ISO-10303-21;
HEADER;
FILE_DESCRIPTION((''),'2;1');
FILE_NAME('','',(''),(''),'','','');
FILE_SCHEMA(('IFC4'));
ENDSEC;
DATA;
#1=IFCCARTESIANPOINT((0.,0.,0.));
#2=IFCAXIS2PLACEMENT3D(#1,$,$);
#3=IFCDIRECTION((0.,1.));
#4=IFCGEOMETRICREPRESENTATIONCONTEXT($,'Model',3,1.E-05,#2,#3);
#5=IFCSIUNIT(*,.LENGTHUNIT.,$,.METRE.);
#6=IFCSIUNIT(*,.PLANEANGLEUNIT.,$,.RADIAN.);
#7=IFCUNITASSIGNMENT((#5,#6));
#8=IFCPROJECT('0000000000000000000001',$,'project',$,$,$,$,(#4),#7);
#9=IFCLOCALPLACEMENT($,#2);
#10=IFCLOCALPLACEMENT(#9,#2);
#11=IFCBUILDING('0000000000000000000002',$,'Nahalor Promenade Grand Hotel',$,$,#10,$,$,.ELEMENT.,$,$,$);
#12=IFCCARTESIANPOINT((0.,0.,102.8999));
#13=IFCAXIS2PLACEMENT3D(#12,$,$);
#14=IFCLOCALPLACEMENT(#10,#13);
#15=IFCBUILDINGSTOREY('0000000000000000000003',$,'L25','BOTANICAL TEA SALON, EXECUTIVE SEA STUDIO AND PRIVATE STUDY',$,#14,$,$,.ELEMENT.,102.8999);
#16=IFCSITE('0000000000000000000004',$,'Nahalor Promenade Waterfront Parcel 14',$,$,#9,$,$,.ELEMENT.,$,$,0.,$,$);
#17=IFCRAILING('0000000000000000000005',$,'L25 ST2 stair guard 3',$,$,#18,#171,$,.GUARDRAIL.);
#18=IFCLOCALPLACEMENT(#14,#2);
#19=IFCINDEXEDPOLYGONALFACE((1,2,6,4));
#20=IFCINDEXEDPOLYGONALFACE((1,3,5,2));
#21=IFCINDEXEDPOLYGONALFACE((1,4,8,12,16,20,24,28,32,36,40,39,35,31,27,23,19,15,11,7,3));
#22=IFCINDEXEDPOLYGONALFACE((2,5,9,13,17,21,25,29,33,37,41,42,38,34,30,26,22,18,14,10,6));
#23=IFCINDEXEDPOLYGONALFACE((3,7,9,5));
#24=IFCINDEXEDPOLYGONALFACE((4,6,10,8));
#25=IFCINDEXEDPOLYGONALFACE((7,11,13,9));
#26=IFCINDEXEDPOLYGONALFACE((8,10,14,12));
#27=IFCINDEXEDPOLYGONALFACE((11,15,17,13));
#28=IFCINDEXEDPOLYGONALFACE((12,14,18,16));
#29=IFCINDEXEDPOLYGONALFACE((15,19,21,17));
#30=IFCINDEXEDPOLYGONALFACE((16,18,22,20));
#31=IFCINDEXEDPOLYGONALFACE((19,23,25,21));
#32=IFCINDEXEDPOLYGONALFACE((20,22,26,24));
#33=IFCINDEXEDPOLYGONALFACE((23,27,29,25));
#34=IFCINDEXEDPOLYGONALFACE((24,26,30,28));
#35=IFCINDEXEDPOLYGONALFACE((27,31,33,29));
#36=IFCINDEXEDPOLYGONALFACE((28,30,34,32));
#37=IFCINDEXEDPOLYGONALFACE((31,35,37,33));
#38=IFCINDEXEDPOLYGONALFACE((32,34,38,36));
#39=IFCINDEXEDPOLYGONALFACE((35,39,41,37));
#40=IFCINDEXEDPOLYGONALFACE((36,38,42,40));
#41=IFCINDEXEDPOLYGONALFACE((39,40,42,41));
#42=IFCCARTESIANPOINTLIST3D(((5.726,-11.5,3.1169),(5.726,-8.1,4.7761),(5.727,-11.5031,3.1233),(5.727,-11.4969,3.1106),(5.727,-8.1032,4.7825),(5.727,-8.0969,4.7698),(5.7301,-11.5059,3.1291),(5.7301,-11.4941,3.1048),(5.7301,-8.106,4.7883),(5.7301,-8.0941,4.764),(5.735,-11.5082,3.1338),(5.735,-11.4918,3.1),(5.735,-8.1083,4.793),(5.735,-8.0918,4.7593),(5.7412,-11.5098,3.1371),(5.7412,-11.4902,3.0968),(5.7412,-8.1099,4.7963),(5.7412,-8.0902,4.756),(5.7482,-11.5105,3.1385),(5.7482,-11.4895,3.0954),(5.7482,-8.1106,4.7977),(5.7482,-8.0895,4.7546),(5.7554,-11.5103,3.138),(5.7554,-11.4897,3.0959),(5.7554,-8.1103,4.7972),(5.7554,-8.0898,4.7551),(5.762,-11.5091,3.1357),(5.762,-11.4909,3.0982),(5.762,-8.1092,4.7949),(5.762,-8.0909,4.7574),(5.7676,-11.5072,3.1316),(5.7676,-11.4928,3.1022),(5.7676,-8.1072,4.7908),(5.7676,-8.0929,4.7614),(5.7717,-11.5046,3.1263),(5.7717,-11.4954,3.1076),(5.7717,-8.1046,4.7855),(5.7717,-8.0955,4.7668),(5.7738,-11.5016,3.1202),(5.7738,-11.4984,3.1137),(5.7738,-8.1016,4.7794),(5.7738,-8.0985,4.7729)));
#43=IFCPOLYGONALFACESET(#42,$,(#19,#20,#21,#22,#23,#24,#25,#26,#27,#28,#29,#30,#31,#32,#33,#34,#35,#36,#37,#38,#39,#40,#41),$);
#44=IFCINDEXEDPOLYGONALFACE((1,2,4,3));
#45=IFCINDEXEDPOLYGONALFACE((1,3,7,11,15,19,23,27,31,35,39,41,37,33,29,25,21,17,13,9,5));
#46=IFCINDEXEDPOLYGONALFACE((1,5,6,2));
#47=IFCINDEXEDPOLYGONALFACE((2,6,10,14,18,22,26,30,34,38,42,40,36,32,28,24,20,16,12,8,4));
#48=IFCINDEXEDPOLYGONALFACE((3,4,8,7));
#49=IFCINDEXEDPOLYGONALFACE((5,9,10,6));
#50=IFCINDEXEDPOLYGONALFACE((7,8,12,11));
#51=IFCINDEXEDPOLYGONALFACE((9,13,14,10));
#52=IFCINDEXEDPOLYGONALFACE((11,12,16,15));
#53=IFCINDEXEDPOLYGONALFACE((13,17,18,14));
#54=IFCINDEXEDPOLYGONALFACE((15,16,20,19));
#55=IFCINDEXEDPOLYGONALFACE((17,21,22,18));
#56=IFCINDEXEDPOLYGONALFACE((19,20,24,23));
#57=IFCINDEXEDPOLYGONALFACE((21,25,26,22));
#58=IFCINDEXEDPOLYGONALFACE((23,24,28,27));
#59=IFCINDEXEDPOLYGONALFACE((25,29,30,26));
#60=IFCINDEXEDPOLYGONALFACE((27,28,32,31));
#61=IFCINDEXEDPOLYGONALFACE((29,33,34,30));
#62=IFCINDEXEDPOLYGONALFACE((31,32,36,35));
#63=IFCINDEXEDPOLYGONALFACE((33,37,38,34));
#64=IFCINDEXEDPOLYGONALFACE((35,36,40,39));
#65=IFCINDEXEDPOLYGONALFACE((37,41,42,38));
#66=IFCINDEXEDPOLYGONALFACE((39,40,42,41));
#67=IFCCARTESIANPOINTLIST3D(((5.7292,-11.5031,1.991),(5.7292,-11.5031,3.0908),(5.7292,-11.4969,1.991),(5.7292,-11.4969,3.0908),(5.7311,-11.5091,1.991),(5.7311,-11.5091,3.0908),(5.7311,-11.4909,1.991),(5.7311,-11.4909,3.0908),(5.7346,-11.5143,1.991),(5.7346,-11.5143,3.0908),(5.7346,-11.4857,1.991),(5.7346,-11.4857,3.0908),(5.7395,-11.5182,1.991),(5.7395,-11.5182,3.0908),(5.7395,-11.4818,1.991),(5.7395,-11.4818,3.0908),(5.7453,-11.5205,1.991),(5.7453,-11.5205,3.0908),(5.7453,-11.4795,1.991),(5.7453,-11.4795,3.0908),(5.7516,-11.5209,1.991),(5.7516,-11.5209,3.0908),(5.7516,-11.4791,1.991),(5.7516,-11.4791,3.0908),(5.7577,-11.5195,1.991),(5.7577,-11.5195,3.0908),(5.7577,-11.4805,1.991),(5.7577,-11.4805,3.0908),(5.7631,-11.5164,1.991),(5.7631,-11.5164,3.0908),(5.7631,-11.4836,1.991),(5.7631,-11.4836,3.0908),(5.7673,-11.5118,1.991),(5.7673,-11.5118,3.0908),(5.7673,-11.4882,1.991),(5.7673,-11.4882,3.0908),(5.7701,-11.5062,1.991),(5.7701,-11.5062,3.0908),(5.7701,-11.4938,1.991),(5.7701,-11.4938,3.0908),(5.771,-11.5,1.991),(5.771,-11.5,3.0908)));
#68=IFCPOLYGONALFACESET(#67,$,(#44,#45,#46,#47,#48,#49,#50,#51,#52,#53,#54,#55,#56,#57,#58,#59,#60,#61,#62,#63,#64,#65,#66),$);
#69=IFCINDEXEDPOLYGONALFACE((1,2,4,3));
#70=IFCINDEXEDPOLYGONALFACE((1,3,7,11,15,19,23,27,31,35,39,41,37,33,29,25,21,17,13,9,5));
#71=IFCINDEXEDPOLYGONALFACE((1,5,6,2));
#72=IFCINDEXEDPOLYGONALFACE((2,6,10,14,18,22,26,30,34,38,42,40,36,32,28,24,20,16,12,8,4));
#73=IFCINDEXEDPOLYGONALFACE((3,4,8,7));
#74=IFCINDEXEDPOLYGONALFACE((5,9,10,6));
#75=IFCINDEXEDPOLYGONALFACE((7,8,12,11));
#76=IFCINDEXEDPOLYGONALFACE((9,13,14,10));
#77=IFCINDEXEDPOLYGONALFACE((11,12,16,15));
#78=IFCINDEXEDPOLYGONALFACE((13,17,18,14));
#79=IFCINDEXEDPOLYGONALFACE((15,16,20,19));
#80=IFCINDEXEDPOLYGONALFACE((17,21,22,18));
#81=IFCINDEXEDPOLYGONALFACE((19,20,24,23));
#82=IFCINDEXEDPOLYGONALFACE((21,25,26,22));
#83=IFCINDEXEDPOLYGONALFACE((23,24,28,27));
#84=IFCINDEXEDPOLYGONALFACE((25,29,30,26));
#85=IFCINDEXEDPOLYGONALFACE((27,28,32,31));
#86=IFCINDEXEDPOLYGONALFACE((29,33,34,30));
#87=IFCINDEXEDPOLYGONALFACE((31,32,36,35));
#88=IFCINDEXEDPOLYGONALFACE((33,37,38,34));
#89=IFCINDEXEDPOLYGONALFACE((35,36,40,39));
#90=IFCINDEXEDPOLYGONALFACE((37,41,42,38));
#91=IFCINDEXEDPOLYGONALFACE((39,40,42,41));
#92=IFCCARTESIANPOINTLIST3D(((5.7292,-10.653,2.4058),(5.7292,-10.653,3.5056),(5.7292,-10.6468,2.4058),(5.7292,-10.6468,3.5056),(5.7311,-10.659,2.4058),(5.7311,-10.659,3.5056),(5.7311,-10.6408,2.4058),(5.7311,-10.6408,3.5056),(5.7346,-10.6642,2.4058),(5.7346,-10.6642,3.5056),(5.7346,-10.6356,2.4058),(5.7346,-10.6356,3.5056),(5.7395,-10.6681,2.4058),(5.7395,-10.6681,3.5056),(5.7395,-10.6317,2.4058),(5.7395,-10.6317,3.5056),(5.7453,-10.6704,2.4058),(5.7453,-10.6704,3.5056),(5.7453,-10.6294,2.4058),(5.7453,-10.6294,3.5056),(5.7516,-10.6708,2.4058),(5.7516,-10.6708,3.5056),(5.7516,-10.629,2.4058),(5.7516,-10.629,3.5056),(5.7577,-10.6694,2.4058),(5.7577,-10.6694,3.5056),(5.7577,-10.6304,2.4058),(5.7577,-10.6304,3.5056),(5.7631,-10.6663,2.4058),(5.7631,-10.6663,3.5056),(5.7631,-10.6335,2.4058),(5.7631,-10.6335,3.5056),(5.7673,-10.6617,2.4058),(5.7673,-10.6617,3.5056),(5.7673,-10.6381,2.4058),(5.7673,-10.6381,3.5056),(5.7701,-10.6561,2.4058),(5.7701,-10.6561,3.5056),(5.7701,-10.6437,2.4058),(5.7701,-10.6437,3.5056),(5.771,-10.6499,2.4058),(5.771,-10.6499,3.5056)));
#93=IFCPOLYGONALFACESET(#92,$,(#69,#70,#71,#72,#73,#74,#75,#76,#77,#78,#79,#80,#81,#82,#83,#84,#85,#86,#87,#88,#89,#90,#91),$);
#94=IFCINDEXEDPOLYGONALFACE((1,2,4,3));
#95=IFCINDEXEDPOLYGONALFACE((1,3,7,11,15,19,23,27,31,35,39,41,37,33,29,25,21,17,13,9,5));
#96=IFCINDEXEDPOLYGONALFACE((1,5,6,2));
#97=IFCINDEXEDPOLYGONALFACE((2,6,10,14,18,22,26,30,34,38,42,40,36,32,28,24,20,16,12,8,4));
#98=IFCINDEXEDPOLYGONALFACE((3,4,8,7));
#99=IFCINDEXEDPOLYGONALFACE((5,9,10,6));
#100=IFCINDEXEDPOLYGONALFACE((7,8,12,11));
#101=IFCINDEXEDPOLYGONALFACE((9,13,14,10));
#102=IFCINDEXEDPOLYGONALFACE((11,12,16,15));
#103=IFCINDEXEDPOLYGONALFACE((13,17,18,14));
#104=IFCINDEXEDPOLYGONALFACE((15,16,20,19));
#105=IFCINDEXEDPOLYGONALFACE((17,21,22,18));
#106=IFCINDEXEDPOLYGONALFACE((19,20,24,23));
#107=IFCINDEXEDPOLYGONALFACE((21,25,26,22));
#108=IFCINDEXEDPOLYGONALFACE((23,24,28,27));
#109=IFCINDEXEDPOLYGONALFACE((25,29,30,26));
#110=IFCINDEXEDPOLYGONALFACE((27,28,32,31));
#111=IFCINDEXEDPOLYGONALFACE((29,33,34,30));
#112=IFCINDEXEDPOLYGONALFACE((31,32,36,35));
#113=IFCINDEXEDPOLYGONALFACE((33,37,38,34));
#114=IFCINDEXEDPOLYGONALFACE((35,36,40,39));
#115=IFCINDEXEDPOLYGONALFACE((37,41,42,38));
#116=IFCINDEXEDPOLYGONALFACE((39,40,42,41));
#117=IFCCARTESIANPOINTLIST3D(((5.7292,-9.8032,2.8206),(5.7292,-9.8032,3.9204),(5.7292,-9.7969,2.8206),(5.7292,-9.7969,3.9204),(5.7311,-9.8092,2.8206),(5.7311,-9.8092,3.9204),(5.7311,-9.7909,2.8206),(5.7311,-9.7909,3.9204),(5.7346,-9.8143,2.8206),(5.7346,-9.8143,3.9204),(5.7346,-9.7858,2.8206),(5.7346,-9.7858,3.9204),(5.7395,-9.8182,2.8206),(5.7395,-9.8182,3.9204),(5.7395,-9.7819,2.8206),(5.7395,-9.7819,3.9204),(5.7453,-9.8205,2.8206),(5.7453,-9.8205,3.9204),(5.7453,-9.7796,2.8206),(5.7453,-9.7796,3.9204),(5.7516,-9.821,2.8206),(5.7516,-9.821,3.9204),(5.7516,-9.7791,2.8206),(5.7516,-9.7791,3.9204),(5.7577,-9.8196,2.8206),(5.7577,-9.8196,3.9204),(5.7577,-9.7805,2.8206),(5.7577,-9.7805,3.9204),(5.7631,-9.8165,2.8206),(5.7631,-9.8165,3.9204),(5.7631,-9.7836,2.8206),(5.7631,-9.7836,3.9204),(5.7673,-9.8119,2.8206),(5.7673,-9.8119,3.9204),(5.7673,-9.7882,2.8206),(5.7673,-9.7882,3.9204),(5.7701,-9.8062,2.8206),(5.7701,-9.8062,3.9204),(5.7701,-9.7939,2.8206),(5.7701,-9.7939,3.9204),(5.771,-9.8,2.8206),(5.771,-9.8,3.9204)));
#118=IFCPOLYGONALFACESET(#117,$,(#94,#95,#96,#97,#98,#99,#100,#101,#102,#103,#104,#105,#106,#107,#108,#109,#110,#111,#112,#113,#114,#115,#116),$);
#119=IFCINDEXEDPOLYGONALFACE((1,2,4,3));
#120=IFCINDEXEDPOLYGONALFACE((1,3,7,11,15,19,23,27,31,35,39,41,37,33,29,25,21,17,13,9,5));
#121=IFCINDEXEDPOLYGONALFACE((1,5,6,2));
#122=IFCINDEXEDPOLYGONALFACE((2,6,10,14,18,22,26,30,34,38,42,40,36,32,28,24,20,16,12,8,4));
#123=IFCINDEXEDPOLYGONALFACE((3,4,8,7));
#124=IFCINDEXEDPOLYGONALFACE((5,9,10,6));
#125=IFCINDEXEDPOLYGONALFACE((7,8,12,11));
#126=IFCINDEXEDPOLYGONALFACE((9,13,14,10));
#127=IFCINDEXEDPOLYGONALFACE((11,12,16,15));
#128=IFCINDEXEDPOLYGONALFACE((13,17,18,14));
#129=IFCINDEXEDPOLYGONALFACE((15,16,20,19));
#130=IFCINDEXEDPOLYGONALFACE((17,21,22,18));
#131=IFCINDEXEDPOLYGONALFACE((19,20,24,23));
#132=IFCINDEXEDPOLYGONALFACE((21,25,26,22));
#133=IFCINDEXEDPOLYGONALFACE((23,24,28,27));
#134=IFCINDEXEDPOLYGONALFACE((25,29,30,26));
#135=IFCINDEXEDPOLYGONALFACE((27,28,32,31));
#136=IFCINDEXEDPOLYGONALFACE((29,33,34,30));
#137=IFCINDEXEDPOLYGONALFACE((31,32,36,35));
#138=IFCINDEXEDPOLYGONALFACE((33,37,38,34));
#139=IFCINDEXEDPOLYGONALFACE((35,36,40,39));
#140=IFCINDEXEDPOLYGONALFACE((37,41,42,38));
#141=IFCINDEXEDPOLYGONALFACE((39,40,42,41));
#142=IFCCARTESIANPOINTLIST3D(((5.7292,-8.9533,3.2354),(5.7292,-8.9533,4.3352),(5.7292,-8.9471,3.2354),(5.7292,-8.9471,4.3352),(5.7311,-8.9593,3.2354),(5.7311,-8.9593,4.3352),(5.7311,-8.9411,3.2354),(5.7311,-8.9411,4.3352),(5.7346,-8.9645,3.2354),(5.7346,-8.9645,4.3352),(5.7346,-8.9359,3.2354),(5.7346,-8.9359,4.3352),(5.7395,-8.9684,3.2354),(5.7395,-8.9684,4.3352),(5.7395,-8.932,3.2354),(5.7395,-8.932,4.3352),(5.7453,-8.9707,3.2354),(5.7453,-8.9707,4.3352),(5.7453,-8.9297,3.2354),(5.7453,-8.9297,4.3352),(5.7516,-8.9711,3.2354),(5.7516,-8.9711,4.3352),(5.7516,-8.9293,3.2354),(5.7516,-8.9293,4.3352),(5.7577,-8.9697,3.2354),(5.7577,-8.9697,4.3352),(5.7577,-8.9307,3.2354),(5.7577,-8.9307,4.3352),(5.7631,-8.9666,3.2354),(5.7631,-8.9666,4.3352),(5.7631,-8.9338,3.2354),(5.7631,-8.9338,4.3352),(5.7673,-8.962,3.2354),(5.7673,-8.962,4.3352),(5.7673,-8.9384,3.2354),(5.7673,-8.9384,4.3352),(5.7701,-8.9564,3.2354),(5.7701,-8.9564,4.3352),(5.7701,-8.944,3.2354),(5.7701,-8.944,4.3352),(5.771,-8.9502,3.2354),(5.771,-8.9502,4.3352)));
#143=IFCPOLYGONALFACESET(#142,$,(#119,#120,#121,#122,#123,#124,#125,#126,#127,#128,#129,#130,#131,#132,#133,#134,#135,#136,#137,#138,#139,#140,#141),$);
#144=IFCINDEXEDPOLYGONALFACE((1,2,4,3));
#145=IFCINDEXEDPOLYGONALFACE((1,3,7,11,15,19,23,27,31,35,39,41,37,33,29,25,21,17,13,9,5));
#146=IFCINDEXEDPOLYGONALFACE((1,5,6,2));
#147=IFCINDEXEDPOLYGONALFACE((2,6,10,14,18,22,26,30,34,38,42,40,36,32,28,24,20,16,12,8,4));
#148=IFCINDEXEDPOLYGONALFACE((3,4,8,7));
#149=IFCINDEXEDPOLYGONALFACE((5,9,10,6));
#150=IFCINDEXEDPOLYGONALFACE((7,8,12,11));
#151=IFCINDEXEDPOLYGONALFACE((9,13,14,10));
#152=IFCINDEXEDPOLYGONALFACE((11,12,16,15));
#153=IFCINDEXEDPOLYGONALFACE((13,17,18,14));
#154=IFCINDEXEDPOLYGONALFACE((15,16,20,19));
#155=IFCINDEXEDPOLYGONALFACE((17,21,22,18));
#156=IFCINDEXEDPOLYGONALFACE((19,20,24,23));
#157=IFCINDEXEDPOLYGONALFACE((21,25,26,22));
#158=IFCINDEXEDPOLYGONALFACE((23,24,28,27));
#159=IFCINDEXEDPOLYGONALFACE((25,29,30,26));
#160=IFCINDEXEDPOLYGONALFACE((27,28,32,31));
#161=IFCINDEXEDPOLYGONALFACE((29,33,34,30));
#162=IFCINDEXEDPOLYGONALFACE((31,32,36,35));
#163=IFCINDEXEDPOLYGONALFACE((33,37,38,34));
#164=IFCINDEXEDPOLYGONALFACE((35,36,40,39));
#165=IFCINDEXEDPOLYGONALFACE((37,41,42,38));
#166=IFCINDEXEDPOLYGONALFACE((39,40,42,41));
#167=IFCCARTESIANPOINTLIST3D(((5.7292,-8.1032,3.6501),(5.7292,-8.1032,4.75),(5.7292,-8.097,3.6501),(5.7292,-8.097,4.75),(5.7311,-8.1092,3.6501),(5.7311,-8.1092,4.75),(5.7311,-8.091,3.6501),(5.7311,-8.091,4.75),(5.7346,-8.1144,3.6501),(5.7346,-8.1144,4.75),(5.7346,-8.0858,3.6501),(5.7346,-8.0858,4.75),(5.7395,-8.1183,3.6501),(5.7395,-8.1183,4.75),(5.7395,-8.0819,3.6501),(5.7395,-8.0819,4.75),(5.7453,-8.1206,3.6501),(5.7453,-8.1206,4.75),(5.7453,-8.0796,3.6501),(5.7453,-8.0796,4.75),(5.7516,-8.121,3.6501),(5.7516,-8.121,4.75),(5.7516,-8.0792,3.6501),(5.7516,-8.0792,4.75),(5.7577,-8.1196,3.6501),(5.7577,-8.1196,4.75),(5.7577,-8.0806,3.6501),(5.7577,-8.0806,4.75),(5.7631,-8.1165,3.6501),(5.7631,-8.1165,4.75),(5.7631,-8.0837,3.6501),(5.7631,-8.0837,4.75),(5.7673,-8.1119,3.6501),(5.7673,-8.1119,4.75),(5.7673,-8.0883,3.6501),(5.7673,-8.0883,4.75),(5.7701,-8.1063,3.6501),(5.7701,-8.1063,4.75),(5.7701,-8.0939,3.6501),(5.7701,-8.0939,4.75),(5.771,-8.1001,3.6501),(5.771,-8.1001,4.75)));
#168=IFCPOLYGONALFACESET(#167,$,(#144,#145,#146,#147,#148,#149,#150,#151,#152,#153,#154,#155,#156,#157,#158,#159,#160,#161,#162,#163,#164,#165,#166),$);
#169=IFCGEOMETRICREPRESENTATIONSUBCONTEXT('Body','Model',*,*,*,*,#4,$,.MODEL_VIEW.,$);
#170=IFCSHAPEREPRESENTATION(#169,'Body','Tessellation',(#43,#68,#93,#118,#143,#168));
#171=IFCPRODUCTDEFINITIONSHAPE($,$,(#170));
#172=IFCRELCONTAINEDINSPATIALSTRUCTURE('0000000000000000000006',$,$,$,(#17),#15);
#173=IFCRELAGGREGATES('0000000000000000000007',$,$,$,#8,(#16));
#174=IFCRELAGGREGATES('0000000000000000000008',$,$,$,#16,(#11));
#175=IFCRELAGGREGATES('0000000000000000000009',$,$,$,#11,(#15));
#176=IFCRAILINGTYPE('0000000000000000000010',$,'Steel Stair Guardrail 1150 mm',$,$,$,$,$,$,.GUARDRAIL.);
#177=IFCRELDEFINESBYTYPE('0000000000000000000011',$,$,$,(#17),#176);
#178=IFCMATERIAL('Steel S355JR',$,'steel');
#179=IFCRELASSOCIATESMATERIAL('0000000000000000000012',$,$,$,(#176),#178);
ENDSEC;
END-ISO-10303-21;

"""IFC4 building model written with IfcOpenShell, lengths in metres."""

from ifc_helpers import new_model, si_unit, direction, frame, origin, origin_2d, place, context, subcontext, project, spatial, circle, extrude, material, type_object, element, save


model = new_model("IFC4")

# Units and contexts
model_context = context("Model", 3, precision=1e-05, world=origin(), true_north=direction((0.0, 1.0)))
body_context = subcontext(model_context, "Body", "Model", "MODEL_VIEW")
ifc_project = project(units=[si_unit("LENGTHUNIT", "METRE"), si_unit("PLANEANGLEUNIT", "RADIAN")], contexts=[model_context])

# Site, building, storey
site_placement = place(None, origin())
site = spatial("IfcSite", under=ifc_project, at=site_placement, Name="Nahalor Promenade Waterfront Parcel 14", CompositionType="ELEMENT", RefElevation=0.0)
building_placement = place(site_placement, origin())
building = spatial("IfcBuilding", under=site, at=building_placement, Name="Nahalor Promenade Grand Hotel", CompositionType="ELEMENT")
storey_placement = place(building_placement, frame((0.0, 0.0, 102.8999)))
storey = spatial("IfcBuildingStorey", under=building, at=storey_placement, Name="L25", Description="BOTANICAL TEA SALON, EXECUTIVE SEA STUDIO AND PRIVATE STUDY", CompositionType="ELEMENT", Elevation=102.8999)

# Shared definitions
ifc_material_1 = material(Name="Steel S355JR", Category="steel")

# Railing
railing_type_1 = type_object("IfcRailingType", Name="Steel Stair Guardrail 1150 mm", PredefinedType="GUARDRAIL", material=ifc_material_1)
railing_1_placement = place(storey_placement, frame((5.75, -11.5, 1.991)))
element("IfcRailing", 1, at=railing_1_placement, inside=storey, type_object=railing_type_1, Name="L25 ST2 stair guard 3", PredefinedType="GUARDRAIL", context=body_context, shape_type="SweptSolid", body=[
    extrude(circle(Radius=0.024, at=origin_2d()), frame((0.0, 0.0, 1.126), z_axis=(0.0, 0.898696, 0.438571), x_axis=(-1.0, 0.0, 0.0)), (0.0, 0.0, 1.0), 3.7832),
    extrude(circle(Radius=0.021, at=origin_2d()), origin(), (0.0, 0.0, 1.0), 1.0999),
    extrude(circle(Radius=0.021, at=origin_2d()), frame((0.0, 0.8501, 0.4148)), (0.0, 0.0, 1.0), 1.0999),
    extrude(circle(Radius=0.021, at=origin_2d()), frame((0.0, 1.7, 0.8296)), (0.0, 0.0, 1.0), 1.0999),
    extrude(circle(Radius=0.021, at=origin_2d()), frame((0.0, 2.5498, 1.2444)), (0.0, 0.0, 1.0), 1.0999),
    extrude(circle(Radius=0.021, at=origin_2d()), frame((0.0, 3.3999, 1.6592)), (0.0, 0.0, 1.0), 1.0999),
])

save(model, "model.ifc")
